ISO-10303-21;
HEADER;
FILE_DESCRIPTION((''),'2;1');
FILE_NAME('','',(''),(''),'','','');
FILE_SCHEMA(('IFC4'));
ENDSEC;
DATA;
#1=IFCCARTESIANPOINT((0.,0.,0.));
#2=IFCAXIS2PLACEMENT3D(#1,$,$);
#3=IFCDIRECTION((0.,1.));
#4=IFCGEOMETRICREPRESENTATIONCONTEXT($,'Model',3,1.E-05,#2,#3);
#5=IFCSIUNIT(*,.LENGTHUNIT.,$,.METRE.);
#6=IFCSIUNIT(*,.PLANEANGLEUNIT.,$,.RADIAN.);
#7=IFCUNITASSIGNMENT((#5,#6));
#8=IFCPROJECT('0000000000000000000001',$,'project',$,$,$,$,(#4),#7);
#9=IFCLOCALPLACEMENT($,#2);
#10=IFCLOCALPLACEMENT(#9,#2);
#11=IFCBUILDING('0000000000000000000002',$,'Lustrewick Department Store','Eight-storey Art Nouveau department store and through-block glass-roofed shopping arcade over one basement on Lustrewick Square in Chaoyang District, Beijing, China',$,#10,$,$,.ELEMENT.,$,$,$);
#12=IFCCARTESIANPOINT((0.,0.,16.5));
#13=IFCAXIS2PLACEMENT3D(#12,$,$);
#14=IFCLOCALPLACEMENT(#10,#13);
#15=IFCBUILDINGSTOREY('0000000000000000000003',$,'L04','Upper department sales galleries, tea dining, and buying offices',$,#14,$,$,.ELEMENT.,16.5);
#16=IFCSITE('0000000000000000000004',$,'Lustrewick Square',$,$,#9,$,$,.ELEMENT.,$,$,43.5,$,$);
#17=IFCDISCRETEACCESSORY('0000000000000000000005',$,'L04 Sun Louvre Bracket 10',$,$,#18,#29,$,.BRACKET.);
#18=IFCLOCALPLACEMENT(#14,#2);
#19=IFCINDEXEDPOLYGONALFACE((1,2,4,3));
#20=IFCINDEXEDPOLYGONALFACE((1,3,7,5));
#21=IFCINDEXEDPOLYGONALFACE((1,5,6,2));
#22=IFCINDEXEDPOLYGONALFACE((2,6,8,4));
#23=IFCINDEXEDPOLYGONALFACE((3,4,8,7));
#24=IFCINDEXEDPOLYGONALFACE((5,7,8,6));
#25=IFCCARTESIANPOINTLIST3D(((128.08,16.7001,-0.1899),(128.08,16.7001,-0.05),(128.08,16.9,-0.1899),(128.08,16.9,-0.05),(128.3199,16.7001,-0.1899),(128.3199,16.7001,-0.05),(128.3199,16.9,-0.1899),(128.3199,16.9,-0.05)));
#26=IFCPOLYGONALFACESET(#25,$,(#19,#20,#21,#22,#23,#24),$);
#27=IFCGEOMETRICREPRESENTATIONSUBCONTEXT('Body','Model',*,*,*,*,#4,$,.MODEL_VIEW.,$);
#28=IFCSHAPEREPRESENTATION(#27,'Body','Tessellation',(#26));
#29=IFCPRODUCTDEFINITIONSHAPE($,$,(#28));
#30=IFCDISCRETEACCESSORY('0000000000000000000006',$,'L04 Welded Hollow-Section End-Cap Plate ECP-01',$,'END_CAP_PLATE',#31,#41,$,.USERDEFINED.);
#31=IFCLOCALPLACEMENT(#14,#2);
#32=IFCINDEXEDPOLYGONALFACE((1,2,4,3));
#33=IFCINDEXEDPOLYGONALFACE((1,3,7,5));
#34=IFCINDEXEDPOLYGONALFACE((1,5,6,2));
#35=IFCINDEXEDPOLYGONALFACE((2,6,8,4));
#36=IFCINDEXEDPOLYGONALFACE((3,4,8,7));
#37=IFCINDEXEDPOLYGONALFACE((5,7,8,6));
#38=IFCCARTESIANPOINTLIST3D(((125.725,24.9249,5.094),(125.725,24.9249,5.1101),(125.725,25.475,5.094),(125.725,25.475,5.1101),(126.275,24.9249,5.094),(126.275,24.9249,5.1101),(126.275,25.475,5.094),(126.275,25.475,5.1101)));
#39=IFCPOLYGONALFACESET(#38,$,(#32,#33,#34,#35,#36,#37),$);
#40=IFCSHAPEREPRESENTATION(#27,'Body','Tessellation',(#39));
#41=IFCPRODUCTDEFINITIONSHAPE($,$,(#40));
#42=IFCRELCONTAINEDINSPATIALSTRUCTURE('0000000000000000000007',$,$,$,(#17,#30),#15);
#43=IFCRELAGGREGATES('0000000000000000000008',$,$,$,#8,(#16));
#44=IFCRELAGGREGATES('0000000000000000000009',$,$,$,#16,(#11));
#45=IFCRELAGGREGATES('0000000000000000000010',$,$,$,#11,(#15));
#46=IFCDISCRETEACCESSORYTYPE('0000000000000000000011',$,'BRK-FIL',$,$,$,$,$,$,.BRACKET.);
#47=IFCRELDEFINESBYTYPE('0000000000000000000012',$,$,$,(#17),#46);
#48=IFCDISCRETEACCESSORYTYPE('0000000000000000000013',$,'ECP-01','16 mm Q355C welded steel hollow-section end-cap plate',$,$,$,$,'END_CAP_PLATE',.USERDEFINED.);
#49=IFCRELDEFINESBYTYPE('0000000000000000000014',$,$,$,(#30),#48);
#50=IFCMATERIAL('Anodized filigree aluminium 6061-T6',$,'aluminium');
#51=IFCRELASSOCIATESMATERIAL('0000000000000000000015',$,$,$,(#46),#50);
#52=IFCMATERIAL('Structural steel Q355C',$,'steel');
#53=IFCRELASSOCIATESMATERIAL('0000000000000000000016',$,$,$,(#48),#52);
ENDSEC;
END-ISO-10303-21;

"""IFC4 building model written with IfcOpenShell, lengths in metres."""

from ifc_helpers import new_model, si_unit, direction, frame, origin, origin_2d, place, context, subcontext, project, spatial, rectangle, extrude, material, type_object, element, save


model = new_model("IFC4")

# Units and contexts
model_context = context("Model", 3, precision=1e-05, world=origin(), true_north=direction((0.0, 1.0)))
body_context = subcontext(model_context, "Body", "Model", "MODEL_VIEW")
ifc_project = project(units=[si_unit("LENGTHUNIT", "METRE"), si_unit("PLANEANGLEUNIT", "RADIAN")], contexts=[model_context])

# Site, building, storey
site_placement = place(None, origin())
site = spatial("IfcSite", under=ifc_project, at=site_placement, Name="Lustrewick Square", CompositionType="ELEMENT", RefElevation=43.5)
building_placement = place(site_placement, origin())
building = spatial("IfcBuilding", under=site, at=building_placement, Name="Lustrewick Department Store", Description="Eight-storey Art Nouveau department store and through-block glass-roofed shopping arcade over one basement on Lustrewick Square in Chaoyang District, Beijing, China", CompositionType="ELEMENT")
storey_placement = place(building_placement, frame((0.0, 0.0, 16.5)))
storey = spatial("IfcBuildingStorey", under=building, at=storey_placement, Name="L04", Description="Upper department sales galleries, tea dining, and buying offices", CompositionType="ELEMENT", Elevation=16.5)

# Shared definitions
ifc_material_1 = material(Name="Structural steel Q355C", Category="steel")

# Discrete accessories
ifc_material_2 = material(Name="Anodized filigree aluminium 6061-T6", Category="aluminium")
discrete_accessory_type_1 = type_object("IfcDiscreteAccessoryType", Name="BRK-FIL", PredefinedType="BRACKET", material=ifc_material_2)
discrete_accessory_1_placement = place(storey_placement, frame((128.2, 16.8, -0.1899), z_axis=(0.0, 0.0, 1.0), x_axis=(1.0, 0.0, 0.0)))
element("IfcDiscreteAccessory", 1, at=discrete_accessory_1_placement, inside=storey, type_object=discrete_accessory_type_1, Name="L04 Sun Louvre Bracket 10", PredefinedType="BRACKET", context=body_context, shape_type="SweptSolid", body=[
    extrude(rectangle(XDim=0.24, YDim=0.2, at=origin_2d()), origin(), (0.0, 0.0, 1.0), 0.1399),
])
discrete_accessory_type_2 = type_object("IfcDiscreteAccessoryType", Name="ECP-01", Description="16 mm Q355C welded steel hollow-section end-cap plate", ElementType="END_CAP_PLATE", PredefinedType="USERDEFINED", material=ifc_material_1)
discrete_accessory_2_placement = place(storey_placement, frame((126.0, 25.2, 5.094), z_axis=(0.0, 0.0, 1.0), x_axis=(1.0, 0.0, 0.0)))
element("IfcDiscreteAccessory", 2, at=discrete_accessory_2_placement, inside=storey, type_object=discrete_accessory_type_2, Name="L04 Welded Hollow-Section End-Cap Plate ECP-01", ObjectType="END_CAP_PLATE", PredefinedType="USERDEFINED", context=body_context, shape_type="SweptSolid", body=[
    extrude(rectangle(XDim=0.55, YDim=0.55, at=origin_2d()), origin(), (0.0, 0.0, 1.0), 0.0161),
])

save(model, "model.ifc")
